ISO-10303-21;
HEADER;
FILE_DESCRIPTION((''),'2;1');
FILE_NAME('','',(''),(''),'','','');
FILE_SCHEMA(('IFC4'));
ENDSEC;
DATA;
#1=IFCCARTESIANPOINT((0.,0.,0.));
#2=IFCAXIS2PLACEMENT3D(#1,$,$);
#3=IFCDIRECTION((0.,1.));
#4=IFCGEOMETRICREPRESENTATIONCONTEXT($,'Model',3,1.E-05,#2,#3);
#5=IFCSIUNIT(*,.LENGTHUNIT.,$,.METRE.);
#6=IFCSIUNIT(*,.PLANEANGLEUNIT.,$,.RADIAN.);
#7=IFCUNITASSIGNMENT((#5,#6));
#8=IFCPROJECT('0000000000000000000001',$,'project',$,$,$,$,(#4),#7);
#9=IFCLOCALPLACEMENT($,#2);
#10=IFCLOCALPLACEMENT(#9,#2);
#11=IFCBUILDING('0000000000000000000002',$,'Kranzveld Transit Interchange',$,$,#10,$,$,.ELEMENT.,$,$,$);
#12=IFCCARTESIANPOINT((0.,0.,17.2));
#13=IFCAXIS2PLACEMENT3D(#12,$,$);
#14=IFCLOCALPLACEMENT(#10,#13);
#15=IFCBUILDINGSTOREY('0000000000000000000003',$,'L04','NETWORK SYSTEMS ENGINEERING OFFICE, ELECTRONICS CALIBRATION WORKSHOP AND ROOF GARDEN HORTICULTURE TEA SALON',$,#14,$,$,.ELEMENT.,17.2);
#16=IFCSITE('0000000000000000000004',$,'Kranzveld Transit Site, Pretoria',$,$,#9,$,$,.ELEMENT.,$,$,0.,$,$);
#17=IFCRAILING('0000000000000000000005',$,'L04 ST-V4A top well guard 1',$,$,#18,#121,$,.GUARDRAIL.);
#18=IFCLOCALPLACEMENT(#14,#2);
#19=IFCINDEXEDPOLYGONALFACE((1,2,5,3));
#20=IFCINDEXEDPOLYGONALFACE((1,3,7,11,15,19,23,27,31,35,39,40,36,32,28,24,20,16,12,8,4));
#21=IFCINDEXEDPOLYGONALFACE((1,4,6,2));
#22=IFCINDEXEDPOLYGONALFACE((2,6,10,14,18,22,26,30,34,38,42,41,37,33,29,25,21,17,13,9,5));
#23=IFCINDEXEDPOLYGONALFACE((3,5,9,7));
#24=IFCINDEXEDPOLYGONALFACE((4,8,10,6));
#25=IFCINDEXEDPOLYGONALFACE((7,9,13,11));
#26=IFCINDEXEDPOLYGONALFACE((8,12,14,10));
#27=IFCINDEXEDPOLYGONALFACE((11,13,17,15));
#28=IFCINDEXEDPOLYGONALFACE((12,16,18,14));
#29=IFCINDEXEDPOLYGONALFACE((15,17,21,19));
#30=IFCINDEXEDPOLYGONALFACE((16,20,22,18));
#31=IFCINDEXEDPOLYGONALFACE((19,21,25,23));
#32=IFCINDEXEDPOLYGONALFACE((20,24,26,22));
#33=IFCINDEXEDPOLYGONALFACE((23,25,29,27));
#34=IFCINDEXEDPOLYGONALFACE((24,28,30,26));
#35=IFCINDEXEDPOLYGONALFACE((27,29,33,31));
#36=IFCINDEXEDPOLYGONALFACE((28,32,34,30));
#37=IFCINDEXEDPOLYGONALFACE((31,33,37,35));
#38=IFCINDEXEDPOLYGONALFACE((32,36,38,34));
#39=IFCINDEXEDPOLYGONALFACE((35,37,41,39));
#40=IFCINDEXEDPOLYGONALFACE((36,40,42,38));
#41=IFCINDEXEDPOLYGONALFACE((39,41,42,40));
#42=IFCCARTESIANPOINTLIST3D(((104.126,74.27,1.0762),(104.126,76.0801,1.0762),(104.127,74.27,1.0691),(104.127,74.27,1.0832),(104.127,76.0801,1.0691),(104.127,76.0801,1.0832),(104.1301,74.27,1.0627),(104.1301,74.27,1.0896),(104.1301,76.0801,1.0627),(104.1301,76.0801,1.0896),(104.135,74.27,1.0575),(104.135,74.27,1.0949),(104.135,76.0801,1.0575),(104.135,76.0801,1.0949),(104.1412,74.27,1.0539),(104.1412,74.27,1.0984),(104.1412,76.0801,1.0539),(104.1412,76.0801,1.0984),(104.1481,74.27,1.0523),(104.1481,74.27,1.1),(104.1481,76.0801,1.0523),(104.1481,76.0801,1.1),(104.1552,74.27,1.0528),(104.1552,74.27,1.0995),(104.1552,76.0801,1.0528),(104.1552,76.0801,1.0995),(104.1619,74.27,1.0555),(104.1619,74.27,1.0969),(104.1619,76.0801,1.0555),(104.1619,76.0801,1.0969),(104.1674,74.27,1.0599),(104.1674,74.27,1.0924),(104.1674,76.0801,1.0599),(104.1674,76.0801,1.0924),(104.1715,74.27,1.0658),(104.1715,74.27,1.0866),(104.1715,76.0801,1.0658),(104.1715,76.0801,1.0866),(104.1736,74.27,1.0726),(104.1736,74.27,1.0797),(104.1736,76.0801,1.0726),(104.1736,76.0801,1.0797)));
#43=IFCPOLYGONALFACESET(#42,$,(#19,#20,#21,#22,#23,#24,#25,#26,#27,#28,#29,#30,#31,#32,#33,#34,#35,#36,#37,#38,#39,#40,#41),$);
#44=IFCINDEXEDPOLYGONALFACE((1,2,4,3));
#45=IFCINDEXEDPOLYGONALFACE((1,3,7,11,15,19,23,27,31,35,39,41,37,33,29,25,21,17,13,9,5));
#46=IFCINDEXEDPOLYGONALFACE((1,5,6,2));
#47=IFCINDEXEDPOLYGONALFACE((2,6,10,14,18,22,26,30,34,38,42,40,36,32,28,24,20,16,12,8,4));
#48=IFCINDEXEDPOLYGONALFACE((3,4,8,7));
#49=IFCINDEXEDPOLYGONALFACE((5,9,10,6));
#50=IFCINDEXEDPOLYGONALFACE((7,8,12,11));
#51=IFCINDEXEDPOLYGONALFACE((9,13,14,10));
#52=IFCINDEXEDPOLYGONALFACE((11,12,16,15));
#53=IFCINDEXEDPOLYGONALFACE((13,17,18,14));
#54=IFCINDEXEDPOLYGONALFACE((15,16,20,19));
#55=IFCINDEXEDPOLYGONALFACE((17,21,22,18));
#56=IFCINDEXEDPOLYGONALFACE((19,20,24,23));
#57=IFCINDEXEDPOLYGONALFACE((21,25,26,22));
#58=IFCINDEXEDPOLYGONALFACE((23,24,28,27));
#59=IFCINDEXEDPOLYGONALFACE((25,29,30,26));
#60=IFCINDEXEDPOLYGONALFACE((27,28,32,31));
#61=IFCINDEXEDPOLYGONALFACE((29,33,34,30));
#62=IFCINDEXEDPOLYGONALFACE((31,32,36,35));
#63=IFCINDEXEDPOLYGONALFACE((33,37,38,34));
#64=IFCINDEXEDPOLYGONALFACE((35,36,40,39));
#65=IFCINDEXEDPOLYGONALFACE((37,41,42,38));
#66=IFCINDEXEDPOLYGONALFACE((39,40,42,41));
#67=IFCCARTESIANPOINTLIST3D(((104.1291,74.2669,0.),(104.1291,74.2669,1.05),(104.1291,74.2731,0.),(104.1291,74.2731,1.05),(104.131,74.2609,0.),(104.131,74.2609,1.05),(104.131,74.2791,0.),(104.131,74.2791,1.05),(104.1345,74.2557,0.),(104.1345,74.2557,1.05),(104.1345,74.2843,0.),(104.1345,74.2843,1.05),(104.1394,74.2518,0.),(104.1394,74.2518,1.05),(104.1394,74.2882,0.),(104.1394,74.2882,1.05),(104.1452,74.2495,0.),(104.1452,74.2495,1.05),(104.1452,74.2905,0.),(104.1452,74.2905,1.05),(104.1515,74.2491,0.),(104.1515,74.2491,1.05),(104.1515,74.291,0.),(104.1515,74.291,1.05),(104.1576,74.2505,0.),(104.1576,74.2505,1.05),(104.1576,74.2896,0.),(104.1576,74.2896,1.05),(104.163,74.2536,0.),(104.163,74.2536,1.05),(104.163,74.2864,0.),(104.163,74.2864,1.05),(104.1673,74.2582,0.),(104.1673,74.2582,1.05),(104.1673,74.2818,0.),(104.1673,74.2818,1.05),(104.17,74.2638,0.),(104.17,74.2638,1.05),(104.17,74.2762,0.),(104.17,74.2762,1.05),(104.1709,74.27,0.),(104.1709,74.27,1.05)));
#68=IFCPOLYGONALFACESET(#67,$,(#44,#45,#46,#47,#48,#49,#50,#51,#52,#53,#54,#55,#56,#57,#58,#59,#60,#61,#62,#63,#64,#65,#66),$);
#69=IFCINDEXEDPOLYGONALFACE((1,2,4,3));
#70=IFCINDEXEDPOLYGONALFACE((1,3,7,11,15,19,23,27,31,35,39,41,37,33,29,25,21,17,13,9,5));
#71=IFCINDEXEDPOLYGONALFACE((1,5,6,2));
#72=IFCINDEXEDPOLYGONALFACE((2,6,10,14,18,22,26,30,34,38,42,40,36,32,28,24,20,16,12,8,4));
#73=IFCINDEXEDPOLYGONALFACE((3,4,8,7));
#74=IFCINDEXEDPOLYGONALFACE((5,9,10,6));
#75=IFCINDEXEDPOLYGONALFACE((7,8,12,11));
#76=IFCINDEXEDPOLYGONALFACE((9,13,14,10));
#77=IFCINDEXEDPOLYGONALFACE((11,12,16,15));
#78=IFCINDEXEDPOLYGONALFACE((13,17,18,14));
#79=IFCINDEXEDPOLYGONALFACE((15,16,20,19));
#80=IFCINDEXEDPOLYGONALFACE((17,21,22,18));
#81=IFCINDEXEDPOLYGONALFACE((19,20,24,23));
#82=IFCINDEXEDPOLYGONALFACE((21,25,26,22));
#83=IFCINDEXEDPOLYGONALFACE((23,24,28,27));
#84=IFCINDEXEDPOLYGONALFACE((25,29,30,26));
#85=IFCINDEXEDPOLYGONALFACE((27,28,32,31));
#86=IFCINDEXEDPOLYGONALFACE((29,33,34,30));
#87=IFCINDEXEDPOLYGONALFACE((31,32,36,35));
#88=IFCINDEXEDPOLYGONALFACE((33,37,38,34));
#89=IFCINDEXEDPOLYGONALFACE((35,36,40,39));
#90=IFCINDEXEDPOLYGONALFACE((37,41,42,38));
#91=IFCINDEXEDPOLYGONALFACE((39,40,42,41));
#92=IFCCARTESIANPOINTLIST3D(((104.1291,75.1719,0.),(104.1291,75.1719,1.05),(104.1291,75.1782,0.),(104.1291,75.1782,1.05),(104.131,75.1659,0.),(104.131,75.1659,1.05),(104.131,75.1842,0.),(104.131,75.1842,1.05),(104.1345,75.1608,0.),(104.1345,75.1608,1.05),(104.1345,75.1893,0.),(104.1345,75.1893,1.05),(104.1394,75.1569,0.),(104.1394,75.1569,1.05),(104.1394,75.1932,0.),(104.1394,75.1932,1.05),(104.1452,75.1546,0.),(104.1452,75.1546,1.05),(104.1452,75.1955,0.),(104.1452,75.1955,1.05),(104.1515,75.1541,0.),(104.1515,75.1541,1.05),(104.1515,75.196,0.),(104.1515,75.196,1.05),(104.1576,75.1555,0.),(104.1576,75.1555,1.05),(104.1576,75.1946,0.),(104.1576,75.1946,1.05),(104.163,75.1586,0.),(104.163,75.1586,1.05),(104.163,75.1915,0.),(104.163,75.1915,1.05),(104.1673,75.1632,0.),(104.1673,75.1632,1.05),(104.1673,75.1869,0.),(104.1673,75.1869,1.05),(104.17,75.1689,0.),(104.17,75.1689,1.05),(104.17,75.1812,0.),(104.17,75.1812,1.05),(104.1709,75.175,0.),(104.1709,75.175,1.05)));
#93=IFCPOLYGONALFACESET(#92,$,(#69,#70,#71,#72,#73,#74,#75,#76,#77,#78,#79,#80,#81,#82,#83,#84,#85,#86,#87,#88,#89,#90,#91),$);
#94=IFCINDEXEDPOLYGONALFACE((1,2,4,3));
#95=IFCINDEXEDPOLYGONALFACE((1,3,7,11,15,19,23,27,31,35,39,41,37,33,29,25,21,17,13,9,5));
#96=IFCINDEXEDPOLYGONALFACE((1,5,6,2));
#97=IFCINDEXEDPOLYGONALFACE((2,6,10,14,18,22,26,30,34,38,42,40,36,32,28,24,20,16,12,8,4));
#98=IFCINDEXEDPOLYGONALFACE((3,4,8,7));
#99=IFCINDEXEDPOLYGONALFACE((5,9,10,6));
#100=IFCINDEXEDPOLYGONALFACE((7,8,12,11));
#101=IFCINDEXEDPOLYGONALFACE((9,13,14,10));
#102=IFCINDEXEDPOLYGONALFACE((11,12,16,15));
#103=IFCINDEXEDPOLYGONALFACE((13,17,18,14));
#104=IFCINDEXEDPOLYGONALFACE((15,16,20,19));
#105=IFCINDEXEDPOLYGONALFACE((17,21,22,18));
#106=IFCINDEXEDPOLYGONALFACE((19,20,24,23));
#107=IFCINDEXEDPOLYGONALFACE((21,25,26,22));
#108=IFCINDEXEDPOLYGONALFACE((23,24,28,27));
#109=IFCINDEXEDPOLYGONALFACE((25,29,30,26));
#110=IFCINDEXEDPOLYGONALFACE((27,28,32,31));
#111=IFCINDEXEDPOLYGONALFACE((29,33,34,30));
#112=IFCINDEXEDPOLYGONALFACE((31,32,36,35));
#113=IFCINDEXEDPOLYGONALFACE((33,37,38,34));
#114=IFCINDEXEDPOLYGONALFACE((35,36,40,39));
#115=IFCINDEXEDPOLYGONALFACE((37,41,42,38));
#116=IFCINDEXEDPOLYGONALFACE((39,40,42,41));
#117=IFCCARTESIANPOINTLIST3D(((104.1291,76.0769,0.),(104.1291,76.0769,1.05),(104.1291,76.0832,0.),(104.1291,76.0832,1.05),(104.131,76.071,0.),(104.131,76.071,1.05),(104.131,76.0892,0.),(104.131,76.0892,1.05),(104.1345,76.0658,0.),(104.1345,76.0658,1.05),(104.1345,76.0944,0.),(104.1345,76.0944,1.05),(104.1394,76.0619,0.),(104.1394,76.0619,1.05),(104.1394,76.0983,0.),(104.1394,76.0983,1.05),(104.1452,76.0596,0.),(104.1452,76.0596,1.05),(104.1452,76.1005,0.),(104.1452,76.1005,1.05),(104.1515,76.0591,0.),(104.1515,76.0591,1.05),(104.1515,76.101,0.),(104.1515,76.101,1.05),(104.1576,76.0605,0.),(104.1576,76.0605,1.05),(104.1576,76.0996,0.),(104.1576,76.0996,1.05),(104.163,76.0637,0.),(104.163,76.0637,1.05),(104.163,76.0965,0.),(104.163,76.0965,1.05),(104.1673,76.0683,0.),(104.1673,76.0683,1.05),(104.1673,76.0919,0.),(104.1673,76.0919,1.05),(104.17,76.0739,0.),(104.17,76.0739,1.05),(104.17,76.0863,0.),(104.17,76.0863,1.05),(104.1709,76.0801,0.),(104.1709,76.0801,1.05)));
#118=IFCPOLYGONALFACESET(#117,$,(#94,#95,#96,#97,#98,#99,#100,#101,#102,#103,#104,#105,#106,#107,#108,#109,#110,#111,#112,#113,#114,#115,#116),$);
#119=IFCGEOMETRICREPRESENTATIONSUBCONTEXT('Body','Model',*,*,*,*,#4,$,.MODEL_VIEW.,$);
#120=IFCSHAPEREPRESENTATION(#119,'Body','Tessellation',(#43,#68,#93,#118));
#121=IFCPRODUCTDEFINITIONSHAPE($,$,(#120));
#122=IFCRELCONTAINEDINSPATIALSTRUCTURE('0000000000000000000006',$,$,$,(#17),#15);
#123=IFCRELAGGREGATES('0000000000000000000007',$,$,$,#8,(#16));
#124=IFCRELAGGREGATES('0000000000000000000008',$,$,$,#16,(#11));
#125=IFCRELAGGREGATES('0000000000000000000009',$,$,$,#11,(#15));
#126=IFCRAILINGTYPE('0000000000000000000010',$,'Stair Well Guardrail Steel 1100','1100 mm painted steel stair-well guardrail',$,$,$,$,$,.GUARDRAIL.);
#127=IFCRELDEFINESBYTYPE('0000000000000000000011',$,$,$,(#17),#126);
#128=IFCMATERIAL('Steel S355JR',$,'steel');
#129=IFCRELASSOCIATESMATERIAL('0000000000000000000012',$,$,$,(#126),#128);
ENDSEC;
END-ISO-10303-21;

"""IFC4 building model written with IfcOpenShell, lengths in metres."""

from ifc_helpers import new_model, si_unit, direction, frame, origin, origin_2d, place, context, subcontext, project, spatial, circle, extrude, material, type_object, element, save


model = new_model("IFC4")

# Units and contexts
model_context = context("Model", 3, precision=1e-05, world=origin(), true_north=direction((0.0, 1.0)))
body_context = subcontext(model_context, "Body", "Model", "MODEL_VIEW")
ifc_project = project(units=[si_unit("LENGTHUNIT", "METRE"), si_unit("PLANEANGLEUNIT", "RADIAN")], contexts=[model_context])

# Site, building, storey
site_placement = place(None, origin())
site = spatial("IfcSite", under=ifc_project, at=site_placement, Name="Kranzveld Transit Site, Pretoria", CompositionType="ELEMENT", RefElevation=0.0)
building_placement = place(site_placement, origin())
building = spatial("IfcBuilding", under=site, at=building_placement, Name="Kranzveld Transit Interchange", CompositionType="ELEMENT")
storey_placement = place(building_placement, frame((0.0, 0.0, 17.2)))
storey = spatial("IfcBuildingStorey", under=building, at=storey_placement, Name="L04", Description="NETWORK SYSTEMS ENGINEERING OFFICE, ELECTRONICS CALIBRATION WORKSHOP AND ROOF GARDEN HORTICULTURE TEA SALON", CompositionType="ELEMENT", Elevation=17.2)

# Railing
ifc_material_1 = material(Name="Steel S355JR", Category="steel")
railing_type = type_object("IfcRailingType", Name="Stair Well Guardrail Steel 1100", Description="1100 mm painted steel stair-well guardrail", PredefinedType="GUARDRAIL", material=ifc_material_1)
railing_placement = place(storey_placement, frame((104.1499, 74.27, 0.0)))
element("IfcRailing", 1, at=railing_placement, inside=storey, type_object=railing_type, Name="L04 ST-V4A top well guard 1", PredefinedType="GUARDRAIL", context=body_context, shape_type="SweptSolid", body=[
    extrude(circle(Radius=0.0239, at=origin_2d()), frame((0.0, 0.0, 1.0762), z_axis=(0.0, 1.0, 0.0), x_axis=(-1.0, 0.0, 0.0)), (0.0, 0.0, 1.0), 1.8101),
    extrude(circle(Radius=0.021, at=origin_2d()), origin(), (0.0, 0.0, 1.0), 1.05),
    extrude(circle(Radius=0.021, at=origin_2d()), frame((0.0, 0.905, 0.0)), (0.0, 0.0, 1.0), 1.05),
    extrude(circle(Radius=0.021, at=origin_2d()), frame((0.0, 1.8101, 0.0)), (0.0, 0.0, 1.0), 1.05),
])

save(model, "model.ifc")
